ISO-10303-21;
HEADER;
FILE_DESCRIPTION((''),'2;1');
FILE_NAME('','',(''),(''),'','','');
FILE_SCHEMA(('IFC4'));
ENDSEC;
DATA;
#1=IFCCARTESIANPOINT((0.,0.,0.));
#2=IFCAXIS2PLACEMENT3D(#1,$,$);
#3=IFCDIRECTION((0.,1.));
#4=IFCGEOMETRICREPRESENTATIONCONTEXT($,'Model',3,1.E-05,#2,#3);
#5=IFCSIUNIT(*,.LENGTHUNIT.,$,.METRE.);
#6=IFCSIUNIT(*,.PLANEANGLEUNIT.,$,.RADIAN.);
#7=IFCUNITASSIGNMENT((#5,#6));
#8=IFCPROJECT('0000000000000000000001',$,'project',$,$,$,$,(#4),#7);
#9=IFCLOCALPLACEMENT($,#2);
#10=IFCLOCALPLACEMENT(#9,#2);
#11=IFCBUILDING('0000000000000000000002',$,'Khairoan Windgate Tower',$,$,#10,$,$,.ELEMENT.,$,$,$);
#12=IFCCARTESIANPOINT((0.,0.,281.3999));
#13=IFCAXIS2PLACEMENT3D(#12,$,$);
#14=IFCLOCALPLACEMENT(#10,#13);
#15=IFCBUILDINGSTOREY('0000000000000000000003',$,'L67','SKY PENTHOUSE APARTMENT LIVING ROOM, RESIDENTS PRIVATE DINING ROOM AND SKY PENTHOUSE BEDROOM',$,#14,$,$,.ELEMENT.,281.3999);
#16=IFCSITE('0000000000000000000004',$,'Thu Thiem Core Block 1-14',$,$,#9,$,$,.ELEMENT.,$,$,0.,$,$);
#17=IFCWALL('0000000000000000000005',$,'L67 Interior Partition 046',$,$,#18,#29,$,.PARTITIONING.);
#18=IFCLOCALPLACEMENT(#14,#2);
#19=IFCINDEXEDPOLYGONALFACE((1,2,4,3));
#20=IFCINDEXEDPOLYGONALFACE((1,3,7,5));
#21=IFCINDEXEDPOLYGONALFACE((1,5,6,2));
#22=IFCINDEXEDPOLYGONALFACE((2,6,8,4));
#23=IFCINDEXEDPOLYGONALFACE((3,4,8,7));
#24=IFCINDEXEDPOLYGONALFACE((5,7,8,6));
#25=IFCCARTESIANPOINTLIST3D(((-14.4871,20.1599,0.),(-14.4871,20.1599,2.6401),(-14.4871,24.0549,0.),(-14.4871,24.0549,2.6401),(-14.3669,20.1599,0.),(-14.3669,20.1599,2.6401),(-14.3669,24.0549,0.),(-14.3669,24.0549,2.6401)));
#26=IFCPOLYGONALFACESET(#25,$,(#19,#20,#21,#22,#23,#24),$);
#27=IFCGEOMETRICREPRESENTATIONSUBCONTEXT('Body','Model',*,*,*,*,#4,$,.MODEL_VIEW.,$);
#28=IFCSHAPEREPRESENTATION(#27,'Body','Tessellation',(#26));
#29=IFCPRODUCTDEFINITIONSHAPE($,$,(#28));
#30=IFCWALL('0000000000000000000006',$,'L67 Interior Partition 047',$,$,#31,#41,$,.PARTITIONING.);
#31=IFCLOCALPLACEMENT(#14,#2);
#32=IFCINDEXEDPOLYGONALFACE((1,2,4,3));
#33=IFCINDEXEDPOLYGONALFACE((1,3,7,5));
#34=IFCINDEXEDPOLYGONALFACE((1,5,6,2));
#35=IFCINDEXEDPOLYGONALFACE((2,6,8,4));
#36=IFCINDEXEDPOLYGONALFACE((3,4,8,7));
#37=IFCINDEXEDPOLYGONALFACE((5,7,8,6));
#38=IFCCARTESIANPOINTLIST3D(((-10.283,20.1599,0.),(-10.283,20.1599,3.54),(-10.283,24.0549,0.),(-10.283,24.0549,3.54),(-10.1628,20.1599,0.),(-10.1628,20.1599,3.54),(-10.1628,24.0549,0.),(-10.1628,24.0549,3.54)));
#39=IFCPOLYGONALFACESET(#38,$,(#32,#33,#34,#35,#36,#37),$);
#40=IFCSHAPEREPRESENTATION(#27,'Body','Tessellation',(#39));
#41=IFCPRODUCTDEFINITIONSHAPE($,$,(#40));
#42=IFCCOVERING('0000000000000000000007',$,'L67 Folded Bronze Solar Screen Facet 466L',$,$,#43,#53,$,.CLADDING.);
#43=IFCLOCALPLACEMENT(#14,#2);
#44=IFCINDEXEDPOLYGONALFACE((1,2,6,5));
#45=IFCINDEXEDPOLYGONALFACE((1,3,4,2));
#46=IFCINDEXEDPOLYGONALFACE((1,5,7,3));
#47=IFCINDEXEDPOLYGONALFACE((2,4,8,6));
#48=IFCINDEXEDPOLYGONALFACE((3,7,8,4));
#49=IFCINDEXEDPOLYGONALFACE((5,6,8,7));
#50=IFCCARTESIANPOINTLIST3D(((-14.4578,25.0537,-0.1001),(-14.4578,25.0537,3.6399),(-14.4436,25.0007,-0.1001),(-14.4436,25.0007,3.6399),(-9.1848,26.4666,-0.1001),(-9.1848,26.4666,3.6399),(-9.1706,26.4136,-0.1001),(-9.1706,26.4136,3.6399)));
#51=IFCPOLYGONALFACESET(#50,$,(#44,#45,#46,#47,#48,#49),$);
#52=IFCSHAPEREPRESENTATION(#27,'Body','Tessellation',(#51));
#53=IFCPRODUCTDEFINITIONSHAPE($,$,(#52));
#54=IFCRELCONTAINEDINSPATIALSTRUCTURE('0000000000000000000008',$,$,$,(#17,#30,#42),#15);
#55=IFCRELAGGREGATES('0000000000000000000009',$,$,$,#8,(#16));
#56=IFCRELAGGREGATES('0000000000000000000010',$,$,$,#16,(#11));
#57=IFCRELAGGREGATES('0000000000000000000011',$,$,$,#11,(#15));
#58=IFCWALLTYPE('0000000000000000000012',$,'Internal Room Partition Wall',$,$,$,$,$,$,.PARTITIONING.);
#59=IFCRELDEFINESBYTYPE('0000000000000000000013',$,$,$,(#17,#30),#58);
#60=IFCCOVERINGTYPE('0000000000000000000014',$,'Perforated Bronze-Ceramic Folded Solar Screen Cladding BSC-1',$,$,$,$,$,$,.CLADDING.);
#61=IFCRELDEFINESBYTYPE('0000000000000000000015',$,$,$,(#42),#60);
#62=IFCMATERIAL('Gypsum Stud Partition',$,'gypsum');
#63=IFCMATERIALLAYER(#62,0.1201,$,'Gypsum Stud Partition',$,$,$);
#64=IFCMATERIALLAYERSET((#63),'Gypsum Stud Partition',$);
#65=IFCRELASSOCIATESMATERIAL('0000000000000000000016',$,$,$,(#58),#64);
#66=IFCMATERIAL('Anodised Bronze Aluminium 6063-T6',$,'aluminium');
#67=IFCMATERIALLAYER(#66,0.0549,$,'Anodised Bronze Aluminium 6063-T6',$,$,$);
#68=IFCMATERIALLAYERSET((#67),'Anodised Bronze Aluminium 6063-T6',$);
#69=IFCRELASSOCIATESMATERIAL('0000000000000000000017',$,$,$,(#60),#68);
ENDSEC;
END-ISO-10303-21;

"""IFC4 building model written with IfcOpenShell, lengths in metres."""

from ifc_helpers import new_model, si_unit, direction, frame, frame_2d, origin, origin_2d, place, context, subcontext, project, spatial, rectangle, extrude, material, layer, layer_set, type_object, element, save


model = new_model("IFC4")

# Units and contexts
model_context = context("Model", 3, precision=1e-05, world=origin(), true_north=direction((0.0, 1.0)))
body_context = subcontext(model_context, "Body", "Model", "MODEL_VIEW")
ifc_project = project(units=[si_unit("LENGTHUNIT", "METRE"), si_unit("PLANEANGLEUNIT", "RADIAN")], contexts=[model_context])

# Site, building, storey
site_placement = place(None, origin())
site = spatial("IfcSite", under=ifc_project, at=site_placement, Name="Thu Thiem Core Block 1-14", CompositionType="ELEMENT", RefElevation=0.0)
building_placement = place(site_placement, origin())
building = spatial("IfcBuilding", under=site, at=building_placement, Name="Khairoan Windgate Tower", CompositionType="ELEMENT")
storey_placement = place(building_placement, frame((0.0, 0.0, 281.3999)))
storey = spatial("IfcBuildingStorey", under=building, at=storey_placement, Name="L67", Description="SKY PENTHOUSE APARTMENT LIVING ROOM, RESIDENTS PRIVATE DINING ROOM AND SKY PENTHOUSE BEDROOM", CompositionType="ELEMENT", Elevation=281.3999)

# Shared definitions
ifc_material_1 = material(Name="Gypsum Stud Partition", Category="gypsum")
ifc_layer_1 = layer(ifc_material_1, 0.1201, Name="Gypsum Stud Partition")
ifc_layer_set_1 = layer_set([ifc_layer_1], Name="Gypsum Stud Partition")
wall_type = type_object("IfcWallType", Name="Internal Room Partition Wall", PredefinedType="PARTITIONING", material=ifc_layer_set_1)

# Walls
wall_1_placement = place(storey_placement, frame((-14.427, 20.1599, 0.0), z_axis=(0.0, 0.0, 1.0), x_axis=(0.0, 1.0, 0.0)))
element("IfcWall", 1, at=wall_1_placement, inside=storey, type_object=wall_type, Name="L67 Interior Partition 046", PredefinedType="PARTITIONING", context=body_context, shape_type="SweptSolid", body=[
    extrude(rectangle(XDim=3.895, YDim=0.1201, at=frame_2d((1.9475, 0.0))), origin(), (0.0, 0.0, 1.0), 2.6401),
])
wall_2_placement = place(storey_placement, frame((-10.2229, 20.1599, 0.0), z_axis=(0.0, 0.0, 1.0), x_axis=(0.0, 1.0, 0.0)))
element("IfcWall", 2, at=wall_2_placement, inside=storey, type_object=wall_type, Name="L67 Interior Partition 047", PredefinedType="PARTITIONING", context=body_context, shape_type="SweptSolid", body=[
    extrude(rectangle(XDim=3.895, YDim=0.1201, at=frame_2d((1.9475, 0.0))), origin(), (0.0, 0.0, 1.0), 3.54),
])

# Covering
ifc_material_2 = material(Name="Anodised Bronze Aluminium 6063-T6", Category="aluminium")
ifc_layer_2 = layer(ifc_material_2, 0.0549, Name="Anodised Bronze Aluminium 6063-T6")
ifc_layer_set_2 = layer_set([ifc_layer_2], Name="Anodised Bronze Aluminium 6063-T6")
covering_type = type_object("IfcCoveringType", Name="Perforated Bronze-Ceramic Folded Solar Screen Cladding BSC-1", PredefinedType="CLADDING", material=ifc_layer_set_2)
covering_placement = place(storey_placement, frame((-11.8142, 25.7336, -0.1001), z_axis=(0.0, 0.0, 1.0), x_axis=(0.965926, 0.258819, 0.0)))
element("IfcCovering", 3, at=covering_placement, inside=storey, type_object=covering_type, Name="L67 Folded Bronze Solar Screen Facet 466L", PredefinedType="CLADDING", context=body_context, shape_type="SweptSolid", body=[
    extrude(rectangle(XDim=5.459, YDim=0.0549, at=origin_2d()), origin(), (0.0, 0.0, 1.0), 3.74),
])

save(model, "model.ifc")
